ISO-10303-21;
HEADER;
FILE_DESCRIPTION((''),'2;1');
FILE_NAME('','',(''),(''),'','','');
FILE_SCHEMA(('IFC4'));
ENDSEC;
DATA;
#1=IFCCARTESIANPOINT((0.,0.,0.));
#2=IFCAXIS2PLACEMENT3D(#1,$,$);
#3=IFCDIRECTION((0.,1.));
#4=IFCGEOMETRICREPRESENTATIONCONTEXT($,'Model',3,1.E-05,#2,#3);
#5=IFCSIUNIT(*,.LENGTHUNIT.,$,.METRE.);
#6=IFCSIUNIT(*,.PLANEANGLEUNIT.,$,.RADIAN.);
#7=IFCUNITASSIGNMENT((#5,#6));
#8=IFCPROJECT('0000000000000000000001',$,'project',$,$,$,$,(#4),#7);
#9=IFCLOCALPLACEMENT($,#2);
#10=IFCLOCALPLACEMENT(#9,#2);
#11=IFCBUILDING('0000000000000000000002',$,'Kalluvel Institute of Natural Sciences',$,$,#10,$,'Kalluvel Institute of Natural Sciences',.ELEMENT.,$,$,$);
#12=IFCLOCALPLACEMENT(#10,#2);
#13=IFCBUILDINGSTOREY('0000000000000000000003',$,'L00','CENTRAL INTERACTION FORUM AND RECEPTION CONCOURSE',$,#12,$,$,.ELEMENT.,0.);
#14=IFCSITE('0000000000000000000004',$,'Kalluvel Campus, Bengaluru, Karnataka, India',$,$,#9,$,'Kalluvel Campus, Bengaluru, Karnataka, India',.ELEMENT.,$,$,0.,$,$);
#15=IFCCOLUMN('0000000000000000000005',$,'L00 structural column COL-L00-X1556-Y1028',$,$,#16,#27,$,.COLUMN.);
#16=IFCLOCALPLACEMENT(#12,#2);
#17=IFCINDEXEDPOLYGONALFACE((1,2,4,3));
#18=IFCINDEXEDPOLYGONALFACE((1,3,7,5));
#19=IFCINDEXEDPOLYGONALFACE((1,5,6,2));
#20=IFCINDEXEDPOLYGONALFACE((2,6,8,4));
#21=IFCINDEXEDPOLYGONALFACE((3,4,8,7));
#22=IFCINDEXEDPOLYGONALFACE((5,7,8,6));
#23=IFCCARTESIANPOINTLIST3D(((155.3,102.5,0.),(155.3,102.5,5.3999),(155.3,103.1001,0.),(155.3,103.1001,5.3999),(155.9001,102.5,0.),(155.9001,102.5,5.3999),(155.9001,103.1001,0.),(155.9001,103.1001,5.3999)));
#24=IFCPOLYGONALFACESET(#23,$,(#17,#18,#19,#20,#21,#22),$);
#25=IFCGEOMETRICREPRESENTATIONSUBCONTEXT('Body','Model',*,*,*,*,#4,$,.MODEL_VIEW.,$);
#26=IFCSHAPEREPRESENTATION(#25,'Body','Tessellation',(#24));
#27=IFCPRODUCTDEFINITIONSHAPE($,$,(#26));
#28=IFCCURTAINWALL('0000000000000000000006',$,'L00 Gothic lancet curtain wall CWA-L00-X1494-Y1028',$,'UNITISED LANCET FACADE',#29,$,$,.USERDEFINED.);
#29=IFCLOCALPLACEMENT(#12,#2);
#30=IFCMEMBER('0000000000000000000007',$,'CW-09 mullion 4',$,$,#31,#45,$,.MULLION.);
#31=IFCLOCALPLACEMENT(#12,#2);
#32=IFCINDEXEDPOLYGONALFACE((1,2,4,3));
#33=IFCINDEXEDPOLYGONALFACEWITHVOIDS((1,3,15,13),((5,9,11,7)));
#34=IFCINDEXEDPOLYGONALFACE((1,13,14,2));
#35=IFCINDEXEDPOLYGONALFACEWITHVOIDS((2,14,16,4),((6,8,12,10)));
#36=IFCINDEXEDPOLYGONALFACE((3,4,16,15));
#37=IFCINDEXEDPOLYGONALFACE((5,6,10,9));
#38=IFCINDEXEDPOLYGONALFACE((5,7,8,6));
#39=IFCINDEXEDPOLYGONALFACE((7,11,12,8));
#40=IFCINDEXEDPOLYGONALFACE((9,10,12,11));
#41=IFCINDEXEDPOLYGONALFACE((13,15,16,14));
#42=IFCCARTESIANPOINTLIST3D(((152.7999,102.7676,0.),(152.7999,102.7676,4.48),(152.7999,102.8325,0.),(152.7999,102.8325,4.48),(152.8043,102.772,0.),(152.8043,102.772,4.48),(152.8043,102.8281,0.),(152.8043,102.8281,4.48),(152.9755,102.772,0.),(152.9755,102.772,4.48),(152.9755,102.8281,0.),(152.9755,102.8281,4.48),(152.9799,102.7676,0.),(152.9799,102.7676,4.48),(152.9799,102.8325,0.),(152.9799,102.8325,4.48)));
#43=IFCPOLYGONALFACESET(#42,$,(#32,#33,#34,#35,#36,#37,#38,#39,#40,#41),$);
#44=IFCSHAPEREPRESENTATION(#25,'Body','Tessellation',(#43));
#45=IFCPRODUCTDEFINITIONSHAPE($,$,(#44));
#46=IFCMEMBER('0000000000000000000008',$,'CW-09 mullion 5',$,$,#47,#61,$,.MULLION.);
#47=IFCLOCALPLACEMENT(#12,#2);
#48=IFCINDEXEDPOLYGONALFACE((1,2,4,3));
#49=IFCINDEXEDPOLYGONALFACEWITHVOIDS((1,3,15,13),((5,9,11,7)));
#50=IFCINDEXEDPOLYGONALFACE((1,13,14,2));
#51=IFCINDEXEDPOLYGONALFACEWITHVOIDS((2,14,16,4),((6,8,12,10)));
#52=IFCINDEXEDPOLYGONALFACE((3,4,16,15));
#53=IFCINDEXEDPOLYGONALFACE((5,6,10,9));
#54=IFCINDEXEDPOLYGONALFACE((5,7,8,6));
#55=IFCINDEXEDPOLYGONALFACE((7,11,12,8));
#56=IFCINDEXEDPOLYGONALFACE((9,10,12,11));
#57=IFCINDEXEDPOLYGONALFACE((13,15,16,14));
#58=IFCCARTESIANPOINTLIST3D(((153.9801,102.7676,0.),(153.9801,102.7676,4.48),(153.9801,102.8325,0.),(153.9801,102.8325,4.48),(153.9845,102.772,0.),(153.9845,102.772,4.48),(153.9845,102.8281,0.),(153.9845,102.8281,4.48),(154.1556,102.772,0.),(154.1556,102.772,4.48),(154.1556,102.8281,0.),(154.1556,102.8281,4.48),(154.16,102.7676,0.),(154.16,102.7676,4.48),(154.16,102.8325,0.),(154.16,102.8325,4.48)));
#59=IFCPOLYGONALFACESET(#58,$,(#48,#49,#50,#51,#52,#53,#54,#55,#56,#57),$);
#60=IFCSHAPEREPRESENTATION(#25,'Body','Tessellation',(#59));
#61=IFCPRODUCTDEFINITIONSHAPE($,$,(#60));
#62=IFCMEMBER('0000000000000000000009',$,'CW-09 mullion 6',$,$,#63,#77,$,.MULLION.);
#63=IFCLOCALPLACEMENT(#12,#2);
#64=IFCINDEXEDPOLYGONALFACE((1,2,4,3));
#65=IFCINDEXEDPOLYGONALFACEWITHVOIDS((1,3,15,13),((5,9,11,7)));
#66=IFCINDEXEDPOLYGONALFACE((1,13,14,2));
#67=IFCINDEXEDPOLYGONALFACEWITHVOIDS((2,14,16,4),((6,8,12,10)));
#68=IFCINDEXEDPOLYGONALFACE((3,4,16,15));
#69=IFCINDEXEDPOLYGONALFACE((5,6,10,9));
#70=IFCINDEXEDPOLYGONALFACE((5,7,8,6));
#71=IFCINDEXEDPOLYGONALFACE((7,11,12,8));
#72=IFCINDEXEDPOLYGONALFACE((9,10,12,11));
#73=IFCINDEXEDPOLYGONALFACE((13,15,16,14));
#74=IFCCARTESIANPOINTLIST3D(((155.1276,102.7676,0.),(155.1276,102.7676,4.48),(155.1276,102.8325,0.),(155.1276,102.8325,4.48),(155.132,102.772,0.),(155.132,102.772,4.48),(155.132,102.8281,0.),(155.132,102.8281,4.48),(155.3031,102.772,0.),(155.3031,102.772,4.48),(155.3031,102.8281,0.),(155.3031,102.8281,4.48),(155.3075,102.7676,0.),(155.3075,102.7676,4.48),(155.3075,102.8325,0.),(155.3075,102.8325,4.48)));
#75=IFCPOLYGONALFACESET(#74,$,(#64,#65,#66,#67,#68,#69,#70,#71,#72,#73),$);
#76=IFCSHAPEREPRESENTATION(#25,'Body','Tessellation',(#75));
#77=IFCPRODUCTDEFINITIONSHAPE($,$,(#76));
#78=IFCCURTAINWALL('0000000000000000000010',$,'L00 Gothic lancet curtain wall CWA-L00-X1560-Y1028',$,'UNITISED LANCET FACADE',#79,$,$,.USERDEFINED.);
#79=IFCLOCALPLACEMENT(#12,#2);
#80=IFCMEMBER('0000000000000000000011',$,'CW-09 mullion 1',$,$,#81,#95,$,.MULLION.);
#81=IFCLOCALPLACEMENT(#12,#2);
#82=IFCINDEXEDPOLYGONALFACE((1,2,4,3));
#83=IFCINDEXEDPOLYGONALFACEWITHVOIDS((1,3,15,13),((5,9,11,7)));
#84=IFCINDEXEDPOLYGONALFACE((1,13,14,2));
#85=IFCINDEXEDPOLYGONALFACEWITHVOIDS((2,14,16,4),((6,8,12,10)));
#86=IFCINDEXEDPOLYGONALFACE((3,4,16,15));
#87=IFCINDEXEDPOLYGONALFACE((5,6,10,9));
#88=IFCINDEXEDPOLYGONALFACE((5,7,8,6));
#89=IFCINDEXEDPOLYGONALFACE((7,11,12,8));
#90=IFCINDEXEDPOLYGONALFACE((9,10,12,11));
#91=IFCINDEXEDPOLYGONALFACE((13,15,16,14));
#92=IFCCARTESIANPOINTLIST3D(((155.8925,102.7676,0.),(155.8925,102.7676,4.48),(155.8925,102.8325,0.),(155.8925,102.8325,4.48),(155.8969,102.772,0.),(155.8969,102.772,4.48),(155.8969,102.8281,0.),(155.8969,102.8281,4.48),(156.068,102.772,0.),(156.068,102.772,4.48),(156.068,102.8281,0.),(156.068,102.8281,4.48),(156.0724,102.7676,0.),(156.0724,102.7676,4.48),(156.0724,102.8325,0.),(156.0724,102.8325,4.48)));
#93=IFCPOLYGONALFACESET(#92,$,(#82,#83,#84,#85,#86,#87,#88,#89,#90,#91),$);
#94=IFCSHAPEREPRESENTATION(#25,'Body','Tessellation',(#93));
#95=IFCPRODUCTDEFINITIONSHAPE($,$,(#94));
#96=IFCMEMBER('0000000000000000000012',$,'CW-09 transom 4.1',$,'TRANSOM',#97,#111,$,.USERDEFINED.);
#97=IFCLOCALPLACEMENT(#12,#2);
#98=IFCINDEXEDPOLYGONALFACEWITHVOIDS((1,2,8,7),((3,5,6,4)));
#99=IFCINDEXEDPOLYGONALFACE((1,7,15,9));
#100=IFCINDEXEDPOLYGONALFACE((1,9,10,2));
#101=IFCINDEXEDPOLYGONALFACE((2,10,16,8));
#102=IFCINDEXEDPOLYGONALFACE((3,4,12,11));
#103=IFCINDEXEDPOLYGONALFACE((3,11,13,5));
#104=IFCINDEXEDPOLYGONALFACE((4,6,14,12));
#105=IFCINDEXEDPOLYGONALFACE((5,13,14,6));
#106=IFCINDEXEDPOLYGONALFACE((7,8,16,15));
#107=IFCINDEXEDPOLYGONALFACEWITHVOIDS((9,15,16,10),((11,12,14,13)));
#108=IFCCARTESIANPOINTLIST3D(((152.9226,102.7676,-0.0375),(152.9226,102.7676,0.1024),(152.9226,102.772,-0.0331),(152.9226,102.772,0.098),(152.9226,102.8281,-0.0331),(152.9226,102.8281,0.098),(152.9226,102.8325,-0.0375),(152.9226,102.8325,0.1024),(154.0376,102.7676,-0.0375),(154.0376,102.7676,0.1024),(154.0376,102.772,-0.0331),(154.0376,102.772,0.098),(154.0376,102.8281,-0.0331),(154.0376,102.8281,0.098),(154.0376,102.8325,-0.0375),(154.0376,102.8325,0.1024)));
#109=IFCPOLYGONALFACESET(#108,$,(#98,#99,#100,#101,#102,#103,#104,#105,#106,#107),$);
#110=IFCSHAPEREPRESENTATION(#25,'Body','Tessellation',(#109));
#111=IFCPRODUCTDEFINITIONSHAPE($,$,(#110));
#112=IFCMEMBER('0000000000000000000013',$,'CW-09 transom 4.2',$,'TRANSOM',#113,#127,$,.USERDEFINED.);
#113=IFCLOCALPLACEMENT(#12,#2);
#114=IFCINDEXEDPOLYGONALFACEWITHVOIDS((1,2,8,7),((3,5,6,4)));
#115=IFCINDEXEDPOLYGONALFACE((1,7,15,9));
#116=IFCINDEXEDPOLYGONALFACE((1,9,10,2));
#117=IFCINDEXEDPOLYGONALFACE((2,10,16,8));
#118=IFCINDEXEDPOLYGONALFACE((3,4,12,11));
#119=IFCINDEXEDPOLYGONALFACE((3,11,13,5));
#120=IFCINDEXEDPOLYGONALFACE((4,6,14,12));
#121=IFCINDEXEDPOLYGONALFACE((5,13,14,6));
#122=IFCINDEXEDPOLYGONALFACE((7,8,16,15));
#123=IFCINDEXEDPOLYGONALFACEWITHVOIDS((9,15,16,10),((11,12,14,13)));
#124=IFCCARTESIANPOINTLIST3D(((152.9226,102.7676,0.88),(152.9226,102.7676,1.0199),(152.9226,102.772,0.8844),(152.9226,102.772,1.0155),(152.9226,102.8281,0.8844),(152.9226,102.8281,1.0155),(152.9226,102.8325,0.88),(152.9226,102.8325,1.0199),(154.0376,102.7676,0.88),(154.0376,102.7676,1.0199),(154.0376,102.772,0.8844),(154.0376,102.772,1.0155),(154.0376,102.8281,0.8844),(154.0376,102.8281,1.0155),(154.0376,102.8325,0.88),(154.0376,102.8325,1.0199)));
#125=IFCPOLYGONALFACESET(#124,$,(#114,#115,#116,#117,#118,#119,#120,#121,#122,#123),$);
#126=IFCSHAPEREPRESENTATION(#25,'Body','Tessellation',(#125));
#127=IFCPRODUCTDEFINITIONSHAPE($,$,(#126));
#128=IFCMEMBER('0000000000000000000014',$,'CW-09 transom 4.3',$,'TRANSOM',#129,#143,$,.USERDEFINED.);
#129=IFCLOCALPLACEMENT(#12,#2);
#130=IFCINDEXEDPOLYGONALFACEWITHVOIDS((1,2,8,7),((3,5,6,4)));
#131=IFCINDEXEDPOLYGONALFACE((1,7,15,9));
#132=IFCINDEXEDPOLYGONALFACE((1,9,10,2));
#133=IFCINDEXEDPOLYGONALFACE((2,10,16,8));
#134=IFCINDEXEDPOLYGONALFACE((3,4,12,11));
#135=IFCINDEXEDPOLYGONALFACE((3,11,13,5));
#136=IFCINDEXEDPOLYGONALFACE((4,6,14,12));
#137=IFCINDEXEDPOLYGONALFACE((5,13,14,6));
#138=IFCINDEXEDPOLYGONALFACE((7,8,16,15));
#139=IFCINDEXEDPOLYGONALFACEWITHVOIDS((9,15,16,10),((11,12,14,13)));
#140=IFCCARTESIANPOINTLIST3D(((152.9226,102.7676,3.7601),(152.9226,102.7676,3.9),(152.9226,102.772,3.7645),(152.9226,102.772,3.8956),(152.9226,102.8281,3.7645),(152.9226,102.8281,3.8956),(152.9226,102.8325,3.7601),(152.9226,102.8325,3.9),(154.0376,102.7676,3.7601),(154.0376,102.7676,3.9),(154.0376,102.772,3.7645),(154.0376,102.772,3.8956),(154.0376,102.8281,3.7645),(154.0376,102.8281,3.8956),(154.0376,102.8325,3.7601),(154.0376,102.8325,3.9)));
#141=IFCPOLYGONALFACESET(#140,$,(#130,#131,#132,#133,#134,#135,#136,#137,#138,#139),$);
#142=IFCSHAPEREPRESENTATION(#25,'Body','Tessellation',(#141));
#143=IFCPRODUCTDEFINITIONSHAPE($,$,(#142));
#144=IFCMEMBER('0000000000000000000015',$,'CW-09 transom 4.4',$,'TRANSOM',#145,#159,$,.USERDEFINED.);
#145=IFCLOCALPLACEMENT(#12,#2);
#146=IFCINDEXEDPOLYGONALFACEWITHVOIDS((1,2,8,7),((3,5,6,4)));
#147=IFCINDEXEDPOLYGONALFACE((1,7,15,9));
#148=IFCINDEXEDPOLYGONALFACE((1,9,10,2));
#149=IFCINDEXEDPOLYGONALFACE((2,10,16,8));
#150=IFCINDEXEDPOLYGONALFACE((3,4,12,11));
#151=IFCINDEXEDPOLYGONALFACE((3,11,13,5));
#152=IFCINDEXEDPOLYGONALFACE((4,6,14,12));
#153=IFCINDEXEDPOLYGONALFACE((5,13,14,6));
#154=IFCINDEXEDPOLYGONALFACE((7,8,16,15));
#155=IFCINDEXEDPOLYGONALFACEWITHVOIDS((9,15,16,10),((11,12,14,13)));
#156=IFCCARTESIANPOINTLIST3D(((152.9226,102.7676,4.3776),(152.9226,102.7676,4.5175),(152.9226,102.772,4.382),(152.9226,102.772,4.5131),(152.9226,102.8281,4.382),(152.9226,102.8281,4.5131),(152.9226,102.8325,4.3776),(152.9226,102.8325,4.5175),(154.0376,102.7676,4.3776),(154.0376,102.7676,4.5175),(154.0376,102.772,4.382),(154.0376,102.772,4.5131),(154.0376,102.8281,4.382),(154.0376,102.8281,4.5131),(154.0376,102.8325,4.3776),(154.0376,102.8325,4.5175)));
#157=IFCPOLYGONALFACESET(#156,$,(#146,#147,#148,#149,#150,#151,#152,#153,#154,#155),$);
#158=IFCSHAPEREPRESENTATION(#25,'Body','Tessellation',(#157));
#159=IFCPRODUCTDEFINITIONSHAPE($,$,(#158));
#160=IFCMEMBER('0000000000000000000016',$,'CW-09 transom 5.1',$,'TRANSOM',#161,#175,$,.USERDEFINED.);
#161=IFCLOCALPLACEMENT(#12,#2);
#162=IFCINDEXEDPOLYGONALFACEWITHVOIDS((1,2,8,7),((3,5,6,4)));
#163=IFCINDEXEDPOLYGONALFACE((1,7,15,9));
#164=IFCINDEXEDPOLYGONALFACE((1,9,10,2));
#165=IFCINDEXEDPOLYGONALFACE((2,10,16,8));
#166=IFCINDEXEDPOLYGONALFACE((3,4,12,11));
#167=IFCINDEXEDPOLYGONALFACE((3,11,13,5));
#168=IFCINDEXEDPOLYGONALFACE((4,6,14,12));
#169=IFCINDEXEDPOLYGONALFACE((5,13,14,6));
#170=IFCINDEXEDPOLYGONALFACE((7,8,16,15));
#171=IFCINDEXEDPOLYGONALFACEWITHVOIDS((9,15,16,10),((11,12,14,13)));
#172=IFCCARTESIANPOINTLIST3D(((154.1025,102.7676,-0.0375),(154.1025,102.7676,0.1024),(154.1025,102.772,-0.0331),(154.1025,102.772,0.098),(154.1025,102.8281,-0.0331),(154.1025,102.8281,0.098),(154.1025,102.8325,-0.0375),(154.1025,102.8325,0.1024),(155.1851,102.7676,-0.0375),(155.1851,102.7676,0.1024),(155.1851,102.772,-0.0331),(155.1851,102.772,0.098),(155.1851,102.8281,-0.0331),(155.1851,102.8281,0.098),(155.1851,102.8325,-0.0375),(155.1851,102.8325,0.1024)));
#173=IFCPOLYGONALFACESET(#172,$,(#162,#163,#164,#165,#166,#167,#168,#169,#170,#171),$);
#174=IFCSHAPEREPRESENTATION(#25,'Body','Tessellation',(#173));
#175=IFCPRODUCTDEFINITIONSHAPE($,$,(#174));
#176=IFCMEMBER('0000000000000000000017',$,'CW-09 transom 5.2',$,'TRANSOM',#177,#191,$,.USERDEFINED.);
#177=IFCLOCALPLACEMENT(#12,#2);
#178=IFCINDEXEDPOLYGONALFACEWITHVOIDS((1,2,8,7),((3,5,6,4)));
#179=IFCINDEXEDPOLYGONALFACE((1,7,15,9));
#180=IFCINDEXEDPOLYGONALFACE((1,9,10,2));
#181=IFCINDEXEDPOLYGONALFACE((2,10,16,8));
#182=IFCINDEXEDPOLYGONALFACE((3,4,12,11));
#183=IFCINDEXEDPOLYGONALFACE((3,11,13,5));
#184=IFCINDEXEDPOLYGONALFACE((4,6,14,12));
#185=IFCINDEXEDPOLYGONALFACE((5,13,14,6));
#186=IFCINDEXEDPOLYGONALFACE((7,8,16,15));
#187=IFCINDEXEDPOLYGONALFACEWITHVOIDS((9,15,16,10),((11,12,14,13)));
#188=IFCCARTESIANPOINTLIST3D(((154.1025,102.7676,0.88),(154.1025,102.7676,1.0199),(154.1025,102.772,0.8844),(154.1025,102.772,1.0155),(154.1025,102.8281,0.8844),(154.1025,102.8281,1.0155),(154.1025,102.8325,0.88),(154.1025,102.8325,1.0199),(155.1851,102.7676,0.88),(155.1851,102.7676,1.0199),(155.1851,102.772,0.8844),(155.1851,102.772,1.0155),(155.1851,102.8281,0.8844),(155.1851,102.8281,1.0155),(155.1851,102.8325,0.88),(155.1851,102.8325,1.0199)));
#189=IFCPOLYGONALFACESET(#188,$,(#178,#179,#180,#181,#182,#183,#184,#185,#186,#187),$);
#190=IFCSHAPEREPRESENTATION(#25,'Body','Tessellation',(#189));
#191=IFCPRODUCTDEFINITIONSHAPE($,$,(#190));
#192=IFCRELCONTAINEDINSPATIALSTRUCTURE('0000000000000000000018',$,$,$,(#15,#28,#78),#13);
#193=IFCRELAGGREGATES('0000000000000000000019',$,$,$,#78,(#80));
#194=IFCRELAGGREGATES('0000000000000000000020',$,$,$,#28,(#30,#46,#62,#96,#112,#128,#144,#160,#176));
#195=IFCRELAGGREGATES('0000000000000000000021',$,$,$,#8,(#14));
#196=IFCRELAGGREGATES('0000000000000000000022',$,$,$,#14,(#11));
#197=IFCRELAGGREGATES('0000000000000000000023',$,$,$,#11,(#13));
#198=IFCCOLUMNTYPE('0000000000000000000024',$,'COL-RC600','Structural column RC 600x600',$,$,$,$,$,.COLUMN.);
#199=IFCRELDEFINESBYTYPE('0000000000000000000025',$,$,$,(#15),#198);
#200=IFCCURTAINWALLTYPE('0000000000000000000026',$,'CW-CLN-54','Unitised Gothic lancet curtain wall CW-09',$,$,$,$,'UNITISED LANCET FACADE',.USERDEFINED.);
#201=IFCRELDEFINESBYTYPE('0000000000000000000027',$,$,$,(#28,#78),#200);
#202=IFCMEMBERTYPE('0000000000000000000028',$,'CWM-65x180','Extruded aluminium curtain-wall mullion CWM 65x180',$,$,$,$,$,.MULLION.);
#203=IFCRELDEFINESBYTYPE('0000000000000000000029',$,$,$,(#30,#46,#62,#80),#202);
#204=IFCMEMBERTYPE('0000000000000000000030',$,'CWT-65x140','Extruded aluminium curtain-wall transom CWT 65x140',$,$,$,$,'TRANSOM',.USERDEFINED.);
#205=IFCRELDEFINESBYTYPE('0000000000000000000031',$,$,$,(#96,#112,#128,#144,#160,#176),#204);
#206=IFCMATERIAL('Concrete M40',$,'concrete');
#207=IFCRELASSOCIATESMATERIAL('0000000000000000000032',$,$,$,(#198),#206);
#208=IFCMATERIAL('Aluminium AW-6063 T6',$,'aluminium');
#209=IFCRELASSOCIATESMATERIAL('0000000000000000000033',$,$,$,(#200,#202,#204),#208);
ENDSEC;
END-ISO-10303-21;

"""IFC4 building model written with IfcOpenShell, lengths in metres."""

from ifc_helpers import new_model, si_unit, direction, frame, origin, origin_2d, place, context, subcontext, project, spatial, rectangle, hollow_rectangle, extrude, material, material_profile, profile_set, type_object, element, aggregate, save


model = new_model("IFC4")

# Units and contexts
model_context = context("Model", 3, precision=1e-05, world=origin(), true_north=direction((0.0, 1.0)))
body_context = subcontext(model_context, "Body", "Model", "MODEL_VIEW")
ifc_project = project(units=[si_unit("LENGTHUNIT", "METRE"), si_unit("PLANEANGLEUNIT", "RADIAN")], contexts=[model_context])

# Site, building, storey
site_placement = place(None, origin())
site = spatial("IfcSite", under=ifc_project, at=site_placement, Name="Kalluvel Campus, Bengaluru, Karnataka, India", LongName="Kalluvel Campus, Bengaluru, Karnataka, India", CompositionType="ELEMENT", RefElevation=0.0)
building_placement = place(site_placement, origin())
building = spatial("IfcBuilding", under=site, at=building_placement, Name="Kalluvel Institute of Natural Sciences", LongName="Kalluvel Institute of Natural Sciences", CompositionType="ELEMENT")
storey_placement = place(building_placement, origin())
storey = spatial("IfcBuildingStorey", under=building, at=storey_placement, Name="L00", Description="CENTRAL INTERACTION FORUM AND RECEPTION CONCOURSE", CompositionType="ELEMENT", Elevation=0.0)

# Column
ifc_material_1 = material(Name="Concrete M40", Category="concrete")
ifc_material_profile_1 = material_profile(ifc_material_1, rectangle(XDim=0.6001, YDim=0.6001, at=origin_2d()), Name="RC 600x600")
ifc_profile_set_1 = profile_set([ifc_material_profile_1], Name="Concrete M40")
column_type = type_object("IfcColumnType", Name="COL-RC600", Description="Structural column RC 600x600", PredefinedType="COLUMN", material=ifc_profile_set_1)
column_placement = place(storey_placement, frame((155.6001, 102.8, 0.0), z_axis=(0.0, 0.0, 1.0), x_axis=(1.0, 0.0, 0.0)))
element("IfcColumn", 1, at=column_placement, inside=storey, type_object=column_type, Name="L00 structural column COL-L00-X1556-Y1028", PredefinedType="COLUMN", context=body_context, shape_type="SweptSolid", body=[
    extrude(rectangle(XDim=0.6001, YDim=0.6001, at=origin_2d()), origin(), (0.0, 0.0, 1.0), 5.3999),
])

# Curtain wall, members
ifc_material_2 = material(Name="Aluminium AW-6063 T6", Category="aluminium")
curtain_wall_type = type_object("IfcCurtainWallType", Name="CW-CLN-54", Description="Unitised Gothic lancet curtain wall CW-09", ElementType="UNITISED LANCET FACADE", PredefinedType="USERDEFINED", material=ifc_material_2)
curtain_wall_1_placement = place(storey_placement, origin())
curtain_wall_1 = element("IfcCurtainWall", 2, at=curtain_wall_1_placement, inside=storey, type_object=curtain_wall_type, Name="L00 Gothic lancet curtain wall CWA-L00-X1494-Y1028", ObjectType="UNITISED LANCET FACADE", PredefinedType="USERDEFINED")
ifc_material_profile_2 = material_profile(ifc_material_2, hollow_rectangle(XDim=0.0649, YDim=0.1799, WallThickness=0.0044, at=origin_2d()), Name="CWM 65x180")
ifc_profile_set_2 = profile_set([ifc_material_profile_2], Name="Aluminium AW-6063 T6")
member_type_1 = type_object("IfcMemberType", Name="CWM-65x180", Description="Extruded aluminium curtain-wall mullion CWM 65x180", PredefinedType="MULLION", material=ifc_profile_set_2)
member_1_placement = place(storey_placement, frame((152.8899, 102.8, 0.0), z_axis=(0.0, 0.0, 1.0), x_axis=(0.0, 1.0, 0.0)))
member_1 = element("IfcMember", 3, at=member_1_placement, type_object=member_type_1, Name="CW-09 mullion 4", PredefinedType="MULLION", context=body_context, shape_type="SweptSolid", body=[
    extrude(hollow_rectangle(XDim=0.0649, YDim=0.1799, WallThickness=0.0044, at=origin_2d()), origin(), (0.0, 0.0, 1.0), 4.48),
])
member_2_placement = place(storey_placement, frame((154.0701, 102.8, 0.0), z_axis=(0.0, 0.0, 1.0), x_axis=(0.0, 1.0, 0.0)))
member_2 = element("IfcMember", 4, at=member_2_placement, type_object=member_type_1, Name="CW-09 mullion 5", PredefinedType="MULLION", context=body_context, shape_type="SweptSolid", body=[
    extrude(hollow_rectangle(XDim=0.0649, YDim=0.1799, WallThickness=0.0044, at=origin_2d()), origin(), (0.0, 0.0, 1.0), 4.48),
])
member_3_placement = place(storey_placement, frame((155.2175, 102.8, 0.0), z_axis=(0.0, 0.0, 1.0), x_axis=(0.0, 1.0, 0.0)))
member_3 = element("IfcMember", 5, at=member_3_placement, type_object=member_type_1, Name="CW-09 mullion 6", PredefinedType="MULLION", context=body_context, shape_type="SweptSolid", body=[
    extrude(hollow_rectangle(XDim=0.0649, YDim=0.1799, WallThickness=0.0044, at=origin_2d()), origin(), (0.0, 0.0, 1.0), 4.48),
])

# Curtain wall, member
curtain_wall_2_placement = place(storey_placement, origin())
curtain_wall_2 = element("IfcCurtainWall", 6, at=curtain_wall_2_placement, inside=storey, type_object=curtain_wall_type, Name="L00 Gothic lancet curtain wall CWA-L00-X1560-Y1028", ObjectType="UNITISED LANCET FACADE", PredefinedType="USERDEFINED")
member_4_placement = place(storey_placement, frame((155.9824, 102.8, 0.0), z_axis=(0.0, 0.0, 1.0), x_axis=(0.0, 1.0, 0.0)))
member_4 = element("IfcMember", 7, at=member_4_placement, type_object=member_type_1, Name="CW-09 mullion 1", PredefinedType="MULLION", context=body_context, shape_type="SweptSolid", body=[
    extrude(hollow_rectangle(XDim=0.0649, YDim=0.1799, WallThickness=0.0044, at=origin_2d()), origin(), (0.0, 0.0, 1.0), 4.48),
])

# Members
ifc_material_profile_3 = material_profile(ifc_material_2, hollow_rectangle(XDim=0.0649, YDim=0.1399, WallThickness=0.0044, at=origin_2d()), Name="CWT 65x140")
ifc_profile_set_3 = profile_set([ifc_material_profile_3], Name="Aluminium AW-6063 T6")
member_type_2 = type_object("IfcMemberType", Name="CWT-65x140", Description="Extruded aluminium curtain-wall transom CWT 65x140", ElementType="TRANSOM", PredefinedType="USERDEFINED", material=ifc_profile_set_3)
member_5_placement = place(storey_placement, frame((152.9226, 102.8, 0.0325), z_axis=(1.0, 0.0, 0.0), x_axis=(0.0, 1.0, 0.0)))
member_5 = element("IfcMember", 8, at=member_5_placement, type_object=member_type_2, Name="CW-09 transom 4.1", ObjectType="TRANSOM", PredefinedType="USERDEFINED", context=body_context, shape_type="SweptSolid", body=[
    extrude(hollow_rectangle(XDim=0.0649, YDim=0.1399, WallThickness=0.0044, at=origin_2d()), origin(), (0.0, 0.0, 1.0), 1.115),
])
member_6_placement = place(storey_placement, frame((152.9226, 102.8, 0.95), z_axis=(1.0, 0.0, 0.0), x_axis=(0.0, 1.0, 0.0)))
member_6 = element("IfcMember", 9, at=member_6_placement, type_object=member_type_2, Name="CW-09 transom 4.2", ObjectType="TRANSOM", PredefinedType="USERDEFINED", context=body_context, shape_type="SweptSolid", body=[
    extrude(hollow_rectangle(XDim=0.0649, YDim=0.1399, WallThickness=0.0044, at=origin_2d()), origin(), (0.0, 0.0, 1.0), 1.115),
])
member_7_placement = place(storey_placement, frame((152.9226, 102.8, 3.8301), z_axis=(1.0, 0.0, 0.0), x_axis=(0.0, 1.0, 0.0)))
member_7 = element("IfcMember", 10, at=member_7_placement, type_object=member_type_2, Name="CW-09 transom 4.3", ObjectType="TRANSOM", PredefinedType="USERDEFINED", context=body_context, shape_type="SweptSolid", body=[
    extrude(hollow_rectangle(XDim=0.0649, YDim=0.1399, WallThickness=0.0044, at=origin_2d()), origin(), (0.0, 0.0, 1.0), 1.115),
])
member_8_placement = place(storey_placement, frame((152.9226, 102.8, 4.4475), z_axis=(1.0, 0.0, 0.0), x_axis=(0.0, 1.0, 0.0)))
member_8 = element("IfcMember", 11, at=member_8_placement, type_object=member_type_2, Name="CW-09 transom 4.4", ObjectType="TRANSOM", PredefinedType="USERDEFINED", context=body_context, shape_type="SweptSolid", body=[
    extrude(hollow_rectangle(XDim=0.0649, YDim=0.1399, WallThickness=0.0044, at=origin_2d()), origin(), (0.0, 0.0, 1.0), 1.115),
])
member_9_placement = place(storey_placement, frame((154.1025, 102.8, 0.0325), z_axis=(1.0, 0.0, 0.0), x_axis=(0.0, 1.0, 0.0)))
member_9 = element("IfcMember", 12, at=member_9_placement, type_object=member_type_2, Name="CW-09 transom 5.1", ObjectType="TRANSOM", PredefinedType="USERDEFINED", context=body_context, shape_type="SweptSolid", body=[
    extrude(hollow_rectangle(XDim=0.0649, YDim=0.1399, WallThickness=0.0044, at=origin_2d()), origin(), (0.0, 0.0, 1.0), 1.0825),
])
member_10_placement = place(storey_placement, frame((154.1025, 102.8, 0.95), z_axis=(1.0, 0.0, 0.0), x_axis=(0.0, 1.0, 0.0)))
member_10 = element("IfcMember", 13, at=member_10_placement, type_object=member_type_2, Name="CW-09 transom 5.2", ObjectType="TRANSOM", PredefinedType="USERDEFINED", context=body_context, shape_type="SweptSolid", body=[
    extrude(hollow_rectangle(XDim=0.0649, YDim=0.1399, WallThickness=0.0044, at=origin_2d()), origin(), (0.0, 0.0, 1.0), 1.0825),
])
aggregate(curtain_wall_2, [member_4])

aggregate(curtain_wall_1, [member_1, member_2, member_3, member_5, member_6, member_7, member_8, member_9, member_10])

save(model, "model.ifc")
